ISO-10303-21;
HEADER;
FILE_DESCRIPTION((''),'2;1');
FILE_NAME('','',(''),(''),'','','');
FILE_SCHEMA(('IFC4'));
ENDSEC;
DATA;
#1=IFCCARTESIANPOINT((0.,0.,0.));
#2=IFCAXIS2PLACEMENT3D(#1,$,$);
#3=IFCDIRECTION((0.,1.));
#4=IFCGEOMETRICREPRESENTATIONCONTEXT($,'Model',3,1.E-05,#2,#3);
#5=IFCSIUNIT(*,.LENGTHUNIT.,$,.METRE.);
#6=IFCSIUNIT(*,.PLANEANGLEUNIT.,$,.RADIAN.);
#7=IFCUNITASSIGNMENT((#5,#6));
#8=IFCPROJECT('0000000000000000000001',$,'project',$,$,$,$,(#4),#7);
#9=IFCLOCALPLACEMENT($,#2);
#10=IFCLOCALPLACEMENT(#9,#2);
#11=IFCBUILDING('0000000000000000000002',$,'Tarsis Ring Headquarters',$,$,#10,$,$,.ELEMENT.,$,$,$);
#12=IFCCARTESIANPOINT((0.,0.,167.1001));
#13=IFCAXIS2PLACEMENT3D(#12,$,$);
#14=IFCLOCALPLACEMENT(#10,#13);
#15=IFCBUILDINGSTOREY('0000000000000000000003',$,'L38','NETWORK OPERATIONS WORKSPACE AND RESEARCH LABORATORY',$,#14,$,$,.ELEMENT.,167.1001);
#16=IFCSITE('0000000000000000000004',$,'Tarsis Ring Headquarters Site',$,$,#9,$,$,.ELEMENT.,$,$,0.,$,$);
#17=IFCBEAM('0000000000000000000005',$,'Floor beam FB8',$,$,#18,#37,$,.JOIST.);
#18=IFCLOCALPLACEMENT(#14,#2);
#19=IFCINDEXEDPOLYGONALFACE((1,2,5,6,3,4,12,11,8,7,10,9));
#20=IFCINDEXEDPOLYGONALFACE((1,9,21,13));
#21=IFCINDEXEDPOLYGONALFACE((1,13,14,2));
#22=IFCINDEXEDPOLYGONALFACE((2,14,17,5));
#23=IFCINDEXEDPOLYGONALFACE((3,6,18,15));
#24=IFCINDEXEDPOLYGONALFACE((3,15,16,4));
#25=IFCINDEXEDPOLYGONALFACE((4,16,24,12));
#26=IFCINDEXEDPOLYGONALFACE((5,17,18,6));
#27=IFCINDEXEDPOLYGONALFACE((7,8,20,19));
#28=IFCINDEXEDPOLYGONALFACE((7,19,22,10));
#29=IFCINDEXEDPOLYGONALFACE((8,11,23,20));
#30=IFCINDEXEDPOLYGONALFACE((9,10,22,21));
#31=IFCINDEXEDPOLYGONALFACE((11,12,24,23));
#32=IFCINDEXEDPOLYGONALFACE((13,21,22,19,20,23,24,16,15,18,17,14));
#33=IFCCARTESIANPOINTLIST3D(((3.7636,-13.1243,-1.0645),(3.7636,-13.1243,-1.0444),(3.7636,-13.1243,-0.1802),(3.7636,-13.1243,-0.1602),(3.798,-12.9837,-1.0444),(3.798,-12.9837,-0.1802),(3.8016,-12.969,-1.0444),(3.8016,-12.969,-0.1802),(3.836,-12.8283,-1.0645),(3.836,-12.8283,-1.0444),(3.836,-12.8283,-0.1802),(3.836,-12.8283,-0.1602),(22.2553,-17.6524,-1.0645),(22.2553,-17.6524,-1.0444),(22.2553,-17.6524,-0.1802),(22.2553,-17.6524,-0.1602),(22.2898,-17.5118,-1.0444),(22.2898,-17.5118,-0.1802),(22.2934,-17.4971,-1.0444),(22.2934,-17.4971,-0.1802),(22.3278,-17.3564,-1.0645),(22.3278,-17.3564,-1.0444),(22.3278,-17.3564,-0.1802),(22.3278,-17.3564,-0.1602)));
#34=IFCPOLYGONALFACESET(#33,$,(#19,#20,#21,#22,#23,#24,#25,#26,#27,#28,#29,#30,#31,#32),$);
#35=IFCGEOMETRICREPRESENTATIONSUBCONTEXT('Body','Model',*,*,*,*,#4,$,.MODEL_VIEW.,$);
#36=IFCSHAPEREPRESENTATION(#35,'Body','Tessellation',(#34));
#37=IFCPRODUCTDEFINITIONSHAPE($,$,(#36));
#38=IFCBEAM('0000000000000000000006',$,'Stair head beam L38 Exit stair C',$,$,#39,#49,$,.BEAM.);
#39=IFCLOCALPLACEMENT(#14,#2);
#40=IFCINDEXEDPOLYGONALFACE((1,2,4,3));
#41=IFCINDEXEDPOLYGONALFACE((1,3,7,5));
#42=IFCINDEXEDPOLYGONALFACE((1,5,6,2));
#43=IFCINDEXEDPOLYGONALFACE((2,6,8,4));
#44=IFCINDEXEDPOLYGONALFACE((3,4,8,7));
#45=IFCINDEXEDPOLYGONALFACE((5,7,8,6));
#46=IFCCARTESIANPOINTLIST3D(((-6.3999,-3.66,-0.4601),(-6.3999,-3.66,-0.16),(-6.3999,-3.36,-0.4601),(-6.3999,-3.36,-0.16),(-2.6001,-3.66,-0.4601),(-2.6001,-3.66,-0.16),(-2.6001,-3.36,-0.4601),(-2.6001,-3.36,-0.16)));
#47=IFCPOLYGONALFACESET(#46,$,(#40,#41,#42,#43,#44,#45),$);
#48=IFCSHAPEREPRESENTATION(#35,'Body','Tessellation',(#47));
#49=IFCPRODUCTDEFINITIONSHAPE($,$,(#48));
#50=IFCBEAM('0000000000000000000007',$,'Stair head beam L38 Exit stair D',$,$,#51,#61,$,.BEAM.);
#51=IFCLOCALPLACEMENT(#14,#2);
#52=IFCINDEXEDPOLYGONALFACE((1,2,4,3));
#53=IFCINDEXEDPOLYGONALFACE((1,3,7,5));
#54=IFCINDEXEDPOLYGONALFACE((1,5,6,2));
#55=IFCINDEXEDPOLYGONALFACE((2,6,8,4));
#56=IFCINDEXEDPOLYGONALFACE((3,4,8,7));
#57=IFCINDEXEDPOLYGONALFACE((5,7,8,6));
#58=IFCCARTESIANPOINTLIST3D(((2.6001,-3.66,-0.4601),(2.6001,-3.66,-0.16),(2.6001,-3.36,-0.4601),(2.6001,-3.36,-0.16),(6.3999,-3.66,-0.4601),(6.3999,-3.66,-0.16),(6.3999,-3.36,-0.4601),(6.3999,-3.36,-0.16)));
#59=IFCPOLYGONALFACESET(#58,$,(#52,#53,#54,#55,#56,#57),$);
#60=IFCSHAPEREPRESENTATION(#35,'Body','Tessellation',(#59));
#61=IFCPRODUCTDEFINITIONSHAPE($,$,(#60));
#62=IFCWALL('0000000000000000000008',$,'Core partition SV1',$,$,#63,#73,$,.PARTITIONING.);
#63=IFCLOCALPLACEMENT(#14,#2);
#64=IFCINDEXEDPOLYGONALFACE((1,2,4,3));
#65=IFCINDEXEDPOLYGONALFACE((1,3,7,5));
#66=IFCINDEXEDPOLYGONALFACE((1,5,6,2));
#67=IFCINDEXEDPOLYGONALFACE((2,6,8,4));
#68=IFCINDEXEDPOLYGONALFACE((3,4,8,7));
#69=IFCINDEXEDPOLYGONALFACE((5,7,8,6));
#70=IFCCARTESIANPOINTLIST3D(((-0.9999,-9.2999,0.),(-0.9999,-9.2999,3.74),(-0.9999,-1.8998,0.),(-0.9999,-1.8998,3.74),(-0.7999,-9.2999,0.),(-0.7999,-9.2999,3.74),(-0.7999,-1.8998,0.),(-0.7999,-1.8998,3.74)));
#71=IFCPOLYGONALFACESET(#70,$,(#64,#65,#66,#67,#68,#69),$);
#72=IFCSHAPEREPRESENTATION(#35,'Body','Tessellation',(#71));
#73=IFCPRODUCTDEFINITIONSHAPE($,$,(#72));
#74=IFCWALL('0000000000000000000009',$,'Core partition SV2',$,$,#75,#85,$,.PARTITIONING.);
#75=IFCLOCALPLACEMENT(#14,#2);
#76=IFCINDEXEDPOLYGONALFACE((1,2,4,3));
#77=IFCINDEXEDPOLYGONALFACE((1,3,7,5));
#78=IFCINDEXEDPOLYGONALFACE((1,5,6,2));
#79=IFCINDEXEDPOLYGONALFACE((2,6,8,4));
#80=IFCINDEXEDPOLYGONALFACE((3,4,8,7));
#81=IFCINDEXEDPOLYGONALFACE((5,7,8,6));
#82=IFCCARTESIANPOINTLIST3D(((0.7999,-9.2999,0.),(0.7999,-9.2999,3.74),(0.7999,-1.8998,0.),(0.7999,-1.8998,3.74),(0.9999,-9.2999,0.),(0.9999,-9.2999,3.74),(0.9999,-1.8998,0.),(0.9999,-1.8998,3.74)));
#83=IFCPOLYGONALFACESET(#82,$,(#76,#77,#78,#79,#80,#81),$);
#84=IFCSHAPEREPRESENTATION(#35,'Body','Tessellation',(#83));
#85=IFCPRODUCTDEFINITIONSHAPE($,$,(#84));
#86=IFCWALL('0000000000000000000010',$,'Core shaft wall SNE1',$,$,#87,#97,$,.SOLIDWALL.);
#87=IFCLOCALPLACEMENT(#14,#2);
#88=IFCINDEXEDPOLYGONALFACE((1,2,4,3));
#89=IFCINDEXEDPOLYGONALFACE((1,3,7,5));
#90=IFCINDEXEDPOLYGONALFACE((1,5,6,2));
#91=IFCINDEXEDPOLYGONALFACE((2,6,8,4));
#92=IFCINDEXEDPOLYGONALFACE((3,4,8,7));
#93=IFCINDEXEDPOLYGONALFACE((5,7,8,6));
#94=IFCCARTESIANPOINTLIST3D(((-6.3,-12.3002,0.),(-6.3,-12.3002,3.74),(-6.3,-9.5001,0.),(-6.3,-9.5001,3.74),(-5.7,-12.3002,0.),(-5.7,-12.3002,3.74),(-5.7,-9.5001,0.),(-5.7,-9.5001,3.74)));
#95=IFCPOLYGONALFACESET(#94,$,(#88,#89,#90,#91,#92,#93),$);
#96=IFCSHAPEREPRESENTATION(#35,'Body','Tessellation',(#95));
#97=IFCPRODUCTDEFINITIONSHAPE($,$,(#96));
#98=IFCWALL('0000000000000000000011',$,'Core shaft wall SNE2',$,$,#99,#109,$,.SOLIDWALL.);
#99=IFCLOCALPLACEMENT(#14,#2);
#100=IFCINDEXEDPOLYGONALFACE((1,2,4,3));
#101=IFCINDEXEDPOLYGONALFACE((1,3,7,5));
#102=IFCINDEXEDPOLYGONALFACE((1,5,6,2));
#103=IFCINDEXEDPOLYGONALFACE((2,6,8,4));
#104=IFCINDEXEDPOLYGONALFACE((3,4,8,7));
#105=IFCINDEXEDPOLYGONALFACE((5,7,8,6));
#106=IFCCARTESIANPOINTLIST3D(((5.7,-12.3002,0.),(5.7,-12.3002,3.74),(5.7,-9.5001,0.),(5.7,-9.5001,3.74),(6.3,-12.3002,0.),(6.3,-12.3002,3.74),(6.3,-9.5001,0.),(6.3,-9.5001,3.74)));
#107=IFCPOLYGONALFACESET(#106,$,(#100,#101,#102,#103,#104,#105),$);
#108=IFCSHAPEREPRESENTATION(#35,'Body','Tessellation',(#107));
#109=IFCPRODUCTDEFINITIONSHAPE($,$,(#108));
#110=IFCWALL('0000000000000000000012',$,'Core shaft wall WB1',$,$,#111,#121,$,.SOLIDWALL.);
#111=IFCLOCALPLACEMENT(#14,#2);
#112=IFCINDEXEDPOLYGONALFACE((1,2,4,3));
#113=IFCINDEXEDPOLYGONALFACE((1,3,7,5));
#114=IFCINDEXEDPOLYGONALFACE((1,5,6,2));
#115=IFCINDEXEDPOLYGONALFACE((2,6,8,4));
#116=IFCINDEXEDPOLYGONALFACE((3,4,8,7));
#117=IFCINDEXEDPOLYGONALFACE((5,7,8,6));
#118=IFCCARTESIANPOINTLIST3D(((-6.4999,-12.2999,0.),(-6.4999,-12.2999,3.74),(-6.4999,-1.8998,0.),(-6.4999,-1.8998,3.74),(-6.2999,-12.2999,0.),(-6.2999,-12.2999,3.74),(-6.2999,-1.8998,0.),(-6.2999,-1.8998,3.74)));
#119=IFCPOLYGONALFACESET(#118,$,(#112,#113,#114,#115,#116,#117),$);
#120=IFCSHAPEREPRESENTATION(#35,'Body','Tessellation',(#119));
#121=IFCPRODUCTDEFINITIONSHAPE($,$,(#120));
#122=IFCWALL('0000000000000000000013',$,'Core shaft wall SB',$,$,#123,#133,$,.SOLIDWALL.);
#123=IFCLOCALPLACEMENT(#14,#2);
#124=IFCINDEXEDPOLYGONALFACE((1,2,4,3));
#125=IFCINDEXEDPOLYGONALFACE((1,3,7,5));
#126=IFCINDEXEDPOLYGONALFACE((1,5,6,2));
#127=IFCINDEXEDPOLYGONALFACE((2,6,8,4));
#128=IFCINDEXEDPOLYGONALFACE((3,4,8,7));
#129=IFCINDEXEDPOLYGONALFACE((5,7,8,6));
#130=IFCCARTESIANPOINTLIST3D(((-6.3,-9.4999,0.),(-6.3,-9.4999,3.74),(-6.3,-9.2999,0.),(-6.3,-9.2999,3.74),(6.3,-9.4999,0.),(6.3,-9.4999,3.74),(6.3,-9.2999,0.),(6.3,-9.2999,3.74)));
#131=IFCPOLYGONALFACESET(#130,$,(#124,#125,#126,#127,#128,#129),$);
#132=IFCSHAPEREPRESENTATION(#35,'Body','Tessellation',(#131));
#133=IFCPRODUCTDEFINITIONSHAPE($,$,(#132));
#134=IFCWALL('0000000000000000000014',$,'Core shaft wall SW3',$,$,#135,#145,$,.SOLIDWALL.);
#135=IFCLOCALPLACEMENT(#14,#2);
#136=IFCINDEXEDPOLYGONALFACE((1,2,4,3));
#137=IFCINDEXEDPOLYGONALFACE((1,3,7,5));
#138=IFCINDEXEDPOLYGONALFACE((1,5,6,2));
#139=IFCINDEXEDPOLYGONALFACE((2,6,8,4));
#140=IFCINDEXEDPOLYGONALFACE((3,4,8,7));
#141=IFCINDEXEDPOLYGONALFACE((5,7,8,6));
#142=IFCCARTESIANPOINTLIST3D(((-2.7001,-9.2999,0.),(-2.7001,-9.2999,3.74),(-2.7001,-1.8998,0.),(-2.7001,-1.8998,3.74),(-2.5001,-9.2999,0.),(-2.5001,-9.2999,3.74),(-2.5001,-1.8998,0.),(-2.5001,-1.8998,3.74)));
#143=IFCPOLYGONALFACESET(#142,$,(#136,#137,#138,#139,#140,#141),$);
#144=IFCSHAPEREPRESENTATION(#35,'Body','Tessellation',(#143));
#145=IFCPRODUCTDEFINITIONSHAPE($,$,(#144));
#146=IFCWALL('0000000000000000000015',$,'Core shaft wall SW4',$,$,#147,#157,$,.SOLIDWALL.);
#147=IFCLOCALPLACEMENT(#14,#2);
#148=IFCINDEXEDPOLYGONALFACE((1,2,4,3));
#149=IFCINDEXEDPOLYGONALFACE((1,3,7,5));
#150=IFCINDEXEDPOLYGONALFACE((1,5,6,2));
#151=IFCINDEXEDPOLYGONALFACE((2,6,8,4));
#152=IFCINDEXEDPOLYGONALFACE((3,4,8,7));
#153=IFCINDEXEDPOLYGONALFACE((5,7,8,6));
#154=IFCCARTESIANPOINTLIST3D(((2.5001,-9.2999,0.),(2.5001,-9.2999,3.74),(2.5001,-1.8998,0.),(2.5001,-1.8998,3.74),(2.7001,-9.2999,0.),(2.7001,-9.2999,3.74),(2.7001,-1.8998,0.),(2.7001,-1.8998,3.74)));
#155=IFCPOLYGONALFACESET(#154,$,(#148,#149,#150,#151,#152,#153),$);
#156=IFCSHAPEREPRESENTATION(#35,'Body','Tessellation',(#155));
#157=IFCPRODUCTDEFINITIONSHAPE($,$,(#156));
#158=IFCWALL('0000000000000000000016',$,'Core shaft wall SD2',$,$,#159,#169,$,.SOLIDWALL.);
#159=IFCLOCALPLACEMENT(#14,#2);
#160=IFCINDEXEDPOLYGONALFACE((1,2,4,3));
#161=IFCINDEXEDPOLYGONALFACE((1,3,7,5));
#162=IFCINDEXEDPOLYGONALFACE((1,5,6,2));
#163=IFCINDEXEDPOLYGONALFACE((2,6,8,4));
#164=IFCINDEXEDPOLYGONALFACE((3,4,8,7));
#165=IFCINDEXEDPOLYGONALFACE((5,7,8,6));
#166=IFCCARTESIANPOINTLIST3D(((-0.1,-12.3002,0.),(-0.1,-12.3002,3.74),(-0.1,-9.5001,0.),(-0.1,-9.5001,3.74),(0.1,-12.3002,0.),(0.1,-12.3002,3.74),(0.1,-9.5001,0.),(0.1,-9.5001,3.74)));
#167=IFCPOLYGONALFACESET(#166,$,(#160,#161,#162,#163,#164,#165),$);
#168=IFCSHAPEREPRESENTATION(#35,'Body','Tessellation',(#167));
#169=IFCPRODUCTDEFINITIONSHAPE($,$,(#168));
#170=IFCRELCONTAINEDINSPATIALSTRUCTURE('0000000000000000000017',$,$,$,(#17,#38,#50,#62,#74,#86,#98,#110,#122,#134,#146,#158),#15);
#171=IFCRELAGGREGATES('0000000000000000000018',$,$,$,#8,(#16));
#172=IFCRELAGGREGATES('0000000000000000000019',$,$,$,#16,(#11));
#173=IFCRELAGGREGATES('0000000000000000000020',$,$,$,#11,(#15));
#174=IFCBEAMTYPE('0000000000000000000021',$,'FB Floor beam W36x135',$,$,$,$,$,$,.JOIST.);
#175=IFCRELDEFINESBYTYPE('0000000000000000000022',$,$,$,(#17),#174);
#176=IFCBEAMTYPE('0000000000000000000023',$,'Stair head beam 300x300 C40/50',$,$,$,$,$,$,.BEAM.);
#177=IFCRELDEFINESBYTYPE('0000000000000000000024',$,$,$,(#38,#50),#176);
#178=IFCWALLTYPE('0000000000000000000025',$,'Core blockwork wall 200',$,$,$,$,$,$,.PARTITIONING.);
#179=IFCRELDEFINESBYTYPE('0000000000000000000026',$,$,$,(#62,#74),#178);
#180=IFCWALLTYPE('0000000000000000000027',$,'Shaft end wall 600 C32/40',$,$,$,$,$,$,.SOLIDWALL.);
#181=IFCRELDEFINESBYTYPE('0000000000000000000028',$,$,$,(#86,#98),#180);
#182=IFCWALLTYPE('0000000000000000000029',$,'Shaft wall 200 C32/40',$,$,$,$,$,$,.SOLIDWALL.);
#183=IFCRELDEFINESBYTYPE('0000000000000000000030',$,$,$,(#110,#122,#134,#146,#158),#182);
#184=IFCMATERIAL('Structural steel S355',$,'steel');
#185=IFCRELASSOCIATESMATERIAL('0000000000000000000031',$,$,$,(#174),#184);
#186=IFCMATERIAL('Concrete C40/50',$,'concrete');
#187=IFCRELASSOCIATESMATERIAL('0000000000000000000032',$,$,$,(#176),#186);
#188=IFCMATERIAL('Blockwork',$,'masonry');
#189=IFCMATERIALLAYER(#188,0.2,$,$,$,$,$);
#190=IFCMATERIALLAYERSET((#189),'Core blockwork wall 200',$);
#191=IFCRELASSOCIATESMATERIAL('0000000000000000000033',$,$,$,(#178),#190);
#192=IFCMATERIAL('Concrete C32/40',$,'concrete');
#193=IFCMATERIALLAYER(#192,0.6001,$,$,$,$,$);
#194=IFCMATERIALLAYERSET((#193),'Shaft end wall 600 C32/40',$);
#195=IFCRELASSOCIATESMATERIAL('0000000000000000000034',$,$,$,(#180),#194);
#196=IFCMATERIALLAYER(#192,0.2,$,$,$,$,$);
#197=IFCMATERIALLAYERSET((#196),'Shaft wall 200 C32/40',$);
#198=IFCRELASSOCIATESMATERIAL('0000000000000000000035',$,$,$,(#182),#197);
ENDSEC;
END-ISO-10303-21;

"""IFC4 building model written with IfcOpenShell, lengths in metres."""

from ifc_helpers import new_model, si_unit, direction, frame, frame_2d, origin, origin_2d, place, context, subcontext, project, spatial, rectangle, i_section, extrude, material, layer, layer_set, material_profile, profile_set, type_object, element, save


model = new_model("IFC4")

# Units and contexts
model_context = context("Model", 3, precision=1e-05, world=origin(), true_north=direction((0.0, 1.0)))
body_context = subcontext(model_context, "Body", "Model", "MODEL_VIEW")
ifc_project = project(units=[si_unit("LENGTHUNIT", "METRE"), si_unit("PLANEANGLEUNIT", "RADIAN")], contexts=[model_context])

# Site, building, storey
site_placement = place(None, origin())
site = spatial("IfcSite", under=ifc_project, at=site_placement, Name="Tarsis Ring Headquarters Site", CompositionType="ELEMENT", RefElevation=0.0)
building_placement = place(site_placement, origin())
building = spatial("IfcBuilding", under=site, at=building_placement, Name="Tarsis Ring Headquarters", CompositionType="ELEMENT")
storey_placement = place(building_placement, frame((0.0, 0.0, 167.1001)))
storey = spatial("IfcBuildingStorey", under=building, at=storey_placement, Name="L38", Description="NETWORK OPERATIONS WORKSPACE AND RESEARCH LABORATORY", CompositionType="ELEMENT", Elevation=167.1001)

# Beams
ifc_material_1 = material(Name="Structural steel S355", Category="steel")
ifc_material_profile_1 = material_profile(ifc_material_1, i_section(OverallWidth=0.3047, OverallDepth=0.9043, WebThickness=0.0151, FlangeThickness=0.02, at=origin_2d()), Name="W36x135")
ifc_profile_set_1 = profile_set([ifc_material_profile_1], Name="Structural steel S355")
beam_type_1 = type_object("IfcBeamType", Name="FB Floor beam W36x135", PredefinedType="JOIST", material=ifc_profile_set_1)
beam_placement = place(storey_placement, frame((3.7998, -12.9763, -0.6123), z_axis=(0.971303, -0.237844, 0.0), x_axis=(0.237844, 0.971303, 0.0)))
element("IfcBeam", 1, at=beam_placement, inside=storey, type_object=beam_type_1, Name="Floor beam FB8", PredefinedType="JOIST", context=body_context, shape_type="SweptSolid", body=[
    extrude(i_section(OverallWidth=0.3047, OverallDepth=0.9043, WebThickness=0.0151, FlangeThickness=0.02, at=origin_2d()), origin(), (0.0, 0.0, 1.0), 19.0381),
])
ifc_material_2 = material(Name="Concrete C40/50", Category="concrete")
ifc_material_profile_2 = material_profile(ifc_material_2, rectangle(XDim=0.3, YDim=0.3, at=origin_2d()), Name="Stair head beam 300x300 C40/50")
ifc_profile_set_2 = profile_set([ifc_material_profile_2], Name="Concrete C40/50")
beam_type_2 = type_object("IfcBeamType", Name="Stair head beam 300x300 C40/50", PredefinedType="BEAM", material=ifc_profile_set_2)
for number, where, z_axis, x_axis, name in (
    (2, (-6.3999, -3.51, -0.3101), (1.0, 0.0, 0.0), (0.0, 1.0, 0.0), "Stair head beam L38 Exit stair C"),
    (3, (2.6001, -3.51, -0.3101), (1.0, 0.0, 0.0), (0.0, 1.0, 0.0), "Stair head beam L38 Exit stair D"),
):
    element("IfcBeam", number, at=place(storey_placement, frame(where, z_axis=z_axis, x_axis=x_axis)), inside=storey, type_object=beam_type_2, Name=name, PredefinedType="BEAM", context=body_context, shape_type="SweptSolid", body=[
        extrude(rectangle(XDim=0.3, YDim=0.3, at=origin_2d()), origin(), (0.0, 0.0, 1.0), 3.7998),
    ])

# Walls
ifc_material_3 = material(Name="Blockwork", Category="masonry")
ifc_layer_1 = layer(ifc_material_3, 0.2)
ifc_layer_set_1 = layer_set([ifc_layer_1], Name="Core blockwork wall 200")
wall_type_1 = type_object("IfcWallType", Name="Core blockwork wall 200", PredefinedType="PARTITIONING", material=ifc_layer_set_1)
for number, where, z_axis, x_axis, name in (
    (4, (-0.8999, -9.3, 0.0), (0.0, 0.0, 1.0), (0.0, 1.0, 0.0), "Core partition SV1"),
    (5, (0.8999, -9.3, 0.0), (0.0, 0.0, 1.0), (0.0, 1.0, 0.0), "Core partition SV2"),
):
    element("IfcWall", number, at=place(storey_placement, frame(where, z_axis=z_axis, x_axis=x_axis)), inside=storey, type_object=wall_type_1, Name=name, PredefinedType="PARTITIONING", context=body_context, shape_type="SweptSolid", body=[
        extrude(rectangle(XDim=7.4001, YDim=0.2, at=frame_2d((3.7002, 0.0))), origin(), (0.0, 0.0, 1.0), 3.74),
    ])
ifc_material_4 = material(Name="Concrete C32/40", Category="concrete")
ifc_layer_2 = layer(ifc_material_4, 0.6001)
ifc_layer_set_2 = layer_set([ifc_layer_2], Name="Shaft end wall 600 C32/40")
wall_type_2 = type_object("IfcWallType", Name="Shaft end wall 600 C32/40", PredefinedType="SOLIDWALL", material=ifc_layer_set_2)
for number, where, z_axis, x_axis, name in (
    (6, (-6.0, -12.3, 0.0), (0.0, 0.0, 1.0), (0.0, 1.0, 0.0), "Core shaft wall SNE1"),
    (7, (6.0, -12.3, 0.0), (0.0, 0.0, 1.0), (0.0, 1.0, 0.0), "Core shaft wall SNE2"),
):
    element("IfcWall", number, at=place(storey_placement, frame(where, z_axis=z_axis, x_axis=x_axis)), inside=storey, type_object=wall_type_2, Name=name, PredefinedType="SOLIDWALL", context=body_context, shape_type="SweptSolid", body=[
        extrude(rectangle(XDim=2.8, YDim=0.6001, at=frame_2d((1.3999, 0.0))), origin(), (0.0, 0.0, 1.0), 3.74),
    ])
ifc_layer_3 = layer(ifc_material_4, 0.2)
ifc_layer_set_3 = layer_set([ifc_layer_3], Name="Shaft wall 200 C32/40")
wall_type_3 = type_object("IfcWallType", Name="Shaft wall 200 C32/40", PredefinedType="SOLIDWALL", material=ifc_layer_set_3)
wall_1_placement = place(storey_placement, frame((-6.3999, -12.3, 0.0), z_axis=(0.0, 0.0, 1.0), x_axis=(0.0, 1.0, 0.0)))
element("IfcWall", 8, at=wall_1_placement, inside=storey, type_object=wall_type_3, Name="Core shaft wall WB1", PredefinedType="SOLIDWALL", context=body_context, shape_type="SweptSolid", body=[
    extrude(rectangle(XDim=10.4001, YDim=0.2, at=frame_2d((5.2002, 0.0))), origin(), (0.0, 0.0, 1.0), 3.74),
])
wall_2_placement = place(storey_placement, frame((-6.3, -9.3999, 0.0), z_axis=(0.0, 0.0, 1.0), x_axis=(1.0, 0.0, 0.0)))
element("IfcWall", 9, at=wall_2_placement, inside=storey, type_object=wall_type_3, Name="Core shaft wall SB", PredefinedType="SOLIDWALL", context=body_context, shape_type="SweptSolid", body=[
    extrude(rectangle(XDim=12.6001, YDim=0.2, at=frame_2d((6.3, 0.0))), origin(), (0.0, 0.0, 1.0), 3.74),
])
for number, where, z_axis, x_axis, name in (
    (10, (-2.6001, -9.3, 0.0), (0.0, 0.0, 1.0), (0.0, 1.0, 0.0), "Core shaft wall SW3"),
    (11, (2.6001, -9.3, 0.0), (0.0, 0.0, 1.0), (0.0, 1.0, 0.0), "Core shaft wall SW4"),
):
    element("IfcWall", number, at=place(storey_placement, frame(where, z_axis=z_axis, x_axis=x_axis)), inside=storey, type_object=wall_type_3, Name=name, PredefinedType="SOLIDWALL", context=body_context, shape_type="SweptSolid", body=[
        extrude(rectangle(XDim=7.4001, YDim=0.2, at=frame_2d((3.7002, 0.0))), origin(), (0.0, 0.0, 1.0), 3.74),
    ])
wall_3_placement = place(storey_placement, frame((0.0, -12.3, 0.0), z_axis=(0.0, 0.0, 1.0), x_axis=(0.0, 1.0, 0.0)))
element("IfcWall", 12, at=wall_3_placement, inside=storey, type_object=wall_type_3, Name="Core shaft wall SD2", PredefinedType="SOLIDWALL", context=body_context, shape_type="SweptSolid", body=[
    extrude(rectangle(XDim=2.8, YDim=0.2, at=frame_2d((1.3999, 0.0))), origin(), (0.0, 0.0, 1.0), 3.74),
])

save(model, "model.ifc")
